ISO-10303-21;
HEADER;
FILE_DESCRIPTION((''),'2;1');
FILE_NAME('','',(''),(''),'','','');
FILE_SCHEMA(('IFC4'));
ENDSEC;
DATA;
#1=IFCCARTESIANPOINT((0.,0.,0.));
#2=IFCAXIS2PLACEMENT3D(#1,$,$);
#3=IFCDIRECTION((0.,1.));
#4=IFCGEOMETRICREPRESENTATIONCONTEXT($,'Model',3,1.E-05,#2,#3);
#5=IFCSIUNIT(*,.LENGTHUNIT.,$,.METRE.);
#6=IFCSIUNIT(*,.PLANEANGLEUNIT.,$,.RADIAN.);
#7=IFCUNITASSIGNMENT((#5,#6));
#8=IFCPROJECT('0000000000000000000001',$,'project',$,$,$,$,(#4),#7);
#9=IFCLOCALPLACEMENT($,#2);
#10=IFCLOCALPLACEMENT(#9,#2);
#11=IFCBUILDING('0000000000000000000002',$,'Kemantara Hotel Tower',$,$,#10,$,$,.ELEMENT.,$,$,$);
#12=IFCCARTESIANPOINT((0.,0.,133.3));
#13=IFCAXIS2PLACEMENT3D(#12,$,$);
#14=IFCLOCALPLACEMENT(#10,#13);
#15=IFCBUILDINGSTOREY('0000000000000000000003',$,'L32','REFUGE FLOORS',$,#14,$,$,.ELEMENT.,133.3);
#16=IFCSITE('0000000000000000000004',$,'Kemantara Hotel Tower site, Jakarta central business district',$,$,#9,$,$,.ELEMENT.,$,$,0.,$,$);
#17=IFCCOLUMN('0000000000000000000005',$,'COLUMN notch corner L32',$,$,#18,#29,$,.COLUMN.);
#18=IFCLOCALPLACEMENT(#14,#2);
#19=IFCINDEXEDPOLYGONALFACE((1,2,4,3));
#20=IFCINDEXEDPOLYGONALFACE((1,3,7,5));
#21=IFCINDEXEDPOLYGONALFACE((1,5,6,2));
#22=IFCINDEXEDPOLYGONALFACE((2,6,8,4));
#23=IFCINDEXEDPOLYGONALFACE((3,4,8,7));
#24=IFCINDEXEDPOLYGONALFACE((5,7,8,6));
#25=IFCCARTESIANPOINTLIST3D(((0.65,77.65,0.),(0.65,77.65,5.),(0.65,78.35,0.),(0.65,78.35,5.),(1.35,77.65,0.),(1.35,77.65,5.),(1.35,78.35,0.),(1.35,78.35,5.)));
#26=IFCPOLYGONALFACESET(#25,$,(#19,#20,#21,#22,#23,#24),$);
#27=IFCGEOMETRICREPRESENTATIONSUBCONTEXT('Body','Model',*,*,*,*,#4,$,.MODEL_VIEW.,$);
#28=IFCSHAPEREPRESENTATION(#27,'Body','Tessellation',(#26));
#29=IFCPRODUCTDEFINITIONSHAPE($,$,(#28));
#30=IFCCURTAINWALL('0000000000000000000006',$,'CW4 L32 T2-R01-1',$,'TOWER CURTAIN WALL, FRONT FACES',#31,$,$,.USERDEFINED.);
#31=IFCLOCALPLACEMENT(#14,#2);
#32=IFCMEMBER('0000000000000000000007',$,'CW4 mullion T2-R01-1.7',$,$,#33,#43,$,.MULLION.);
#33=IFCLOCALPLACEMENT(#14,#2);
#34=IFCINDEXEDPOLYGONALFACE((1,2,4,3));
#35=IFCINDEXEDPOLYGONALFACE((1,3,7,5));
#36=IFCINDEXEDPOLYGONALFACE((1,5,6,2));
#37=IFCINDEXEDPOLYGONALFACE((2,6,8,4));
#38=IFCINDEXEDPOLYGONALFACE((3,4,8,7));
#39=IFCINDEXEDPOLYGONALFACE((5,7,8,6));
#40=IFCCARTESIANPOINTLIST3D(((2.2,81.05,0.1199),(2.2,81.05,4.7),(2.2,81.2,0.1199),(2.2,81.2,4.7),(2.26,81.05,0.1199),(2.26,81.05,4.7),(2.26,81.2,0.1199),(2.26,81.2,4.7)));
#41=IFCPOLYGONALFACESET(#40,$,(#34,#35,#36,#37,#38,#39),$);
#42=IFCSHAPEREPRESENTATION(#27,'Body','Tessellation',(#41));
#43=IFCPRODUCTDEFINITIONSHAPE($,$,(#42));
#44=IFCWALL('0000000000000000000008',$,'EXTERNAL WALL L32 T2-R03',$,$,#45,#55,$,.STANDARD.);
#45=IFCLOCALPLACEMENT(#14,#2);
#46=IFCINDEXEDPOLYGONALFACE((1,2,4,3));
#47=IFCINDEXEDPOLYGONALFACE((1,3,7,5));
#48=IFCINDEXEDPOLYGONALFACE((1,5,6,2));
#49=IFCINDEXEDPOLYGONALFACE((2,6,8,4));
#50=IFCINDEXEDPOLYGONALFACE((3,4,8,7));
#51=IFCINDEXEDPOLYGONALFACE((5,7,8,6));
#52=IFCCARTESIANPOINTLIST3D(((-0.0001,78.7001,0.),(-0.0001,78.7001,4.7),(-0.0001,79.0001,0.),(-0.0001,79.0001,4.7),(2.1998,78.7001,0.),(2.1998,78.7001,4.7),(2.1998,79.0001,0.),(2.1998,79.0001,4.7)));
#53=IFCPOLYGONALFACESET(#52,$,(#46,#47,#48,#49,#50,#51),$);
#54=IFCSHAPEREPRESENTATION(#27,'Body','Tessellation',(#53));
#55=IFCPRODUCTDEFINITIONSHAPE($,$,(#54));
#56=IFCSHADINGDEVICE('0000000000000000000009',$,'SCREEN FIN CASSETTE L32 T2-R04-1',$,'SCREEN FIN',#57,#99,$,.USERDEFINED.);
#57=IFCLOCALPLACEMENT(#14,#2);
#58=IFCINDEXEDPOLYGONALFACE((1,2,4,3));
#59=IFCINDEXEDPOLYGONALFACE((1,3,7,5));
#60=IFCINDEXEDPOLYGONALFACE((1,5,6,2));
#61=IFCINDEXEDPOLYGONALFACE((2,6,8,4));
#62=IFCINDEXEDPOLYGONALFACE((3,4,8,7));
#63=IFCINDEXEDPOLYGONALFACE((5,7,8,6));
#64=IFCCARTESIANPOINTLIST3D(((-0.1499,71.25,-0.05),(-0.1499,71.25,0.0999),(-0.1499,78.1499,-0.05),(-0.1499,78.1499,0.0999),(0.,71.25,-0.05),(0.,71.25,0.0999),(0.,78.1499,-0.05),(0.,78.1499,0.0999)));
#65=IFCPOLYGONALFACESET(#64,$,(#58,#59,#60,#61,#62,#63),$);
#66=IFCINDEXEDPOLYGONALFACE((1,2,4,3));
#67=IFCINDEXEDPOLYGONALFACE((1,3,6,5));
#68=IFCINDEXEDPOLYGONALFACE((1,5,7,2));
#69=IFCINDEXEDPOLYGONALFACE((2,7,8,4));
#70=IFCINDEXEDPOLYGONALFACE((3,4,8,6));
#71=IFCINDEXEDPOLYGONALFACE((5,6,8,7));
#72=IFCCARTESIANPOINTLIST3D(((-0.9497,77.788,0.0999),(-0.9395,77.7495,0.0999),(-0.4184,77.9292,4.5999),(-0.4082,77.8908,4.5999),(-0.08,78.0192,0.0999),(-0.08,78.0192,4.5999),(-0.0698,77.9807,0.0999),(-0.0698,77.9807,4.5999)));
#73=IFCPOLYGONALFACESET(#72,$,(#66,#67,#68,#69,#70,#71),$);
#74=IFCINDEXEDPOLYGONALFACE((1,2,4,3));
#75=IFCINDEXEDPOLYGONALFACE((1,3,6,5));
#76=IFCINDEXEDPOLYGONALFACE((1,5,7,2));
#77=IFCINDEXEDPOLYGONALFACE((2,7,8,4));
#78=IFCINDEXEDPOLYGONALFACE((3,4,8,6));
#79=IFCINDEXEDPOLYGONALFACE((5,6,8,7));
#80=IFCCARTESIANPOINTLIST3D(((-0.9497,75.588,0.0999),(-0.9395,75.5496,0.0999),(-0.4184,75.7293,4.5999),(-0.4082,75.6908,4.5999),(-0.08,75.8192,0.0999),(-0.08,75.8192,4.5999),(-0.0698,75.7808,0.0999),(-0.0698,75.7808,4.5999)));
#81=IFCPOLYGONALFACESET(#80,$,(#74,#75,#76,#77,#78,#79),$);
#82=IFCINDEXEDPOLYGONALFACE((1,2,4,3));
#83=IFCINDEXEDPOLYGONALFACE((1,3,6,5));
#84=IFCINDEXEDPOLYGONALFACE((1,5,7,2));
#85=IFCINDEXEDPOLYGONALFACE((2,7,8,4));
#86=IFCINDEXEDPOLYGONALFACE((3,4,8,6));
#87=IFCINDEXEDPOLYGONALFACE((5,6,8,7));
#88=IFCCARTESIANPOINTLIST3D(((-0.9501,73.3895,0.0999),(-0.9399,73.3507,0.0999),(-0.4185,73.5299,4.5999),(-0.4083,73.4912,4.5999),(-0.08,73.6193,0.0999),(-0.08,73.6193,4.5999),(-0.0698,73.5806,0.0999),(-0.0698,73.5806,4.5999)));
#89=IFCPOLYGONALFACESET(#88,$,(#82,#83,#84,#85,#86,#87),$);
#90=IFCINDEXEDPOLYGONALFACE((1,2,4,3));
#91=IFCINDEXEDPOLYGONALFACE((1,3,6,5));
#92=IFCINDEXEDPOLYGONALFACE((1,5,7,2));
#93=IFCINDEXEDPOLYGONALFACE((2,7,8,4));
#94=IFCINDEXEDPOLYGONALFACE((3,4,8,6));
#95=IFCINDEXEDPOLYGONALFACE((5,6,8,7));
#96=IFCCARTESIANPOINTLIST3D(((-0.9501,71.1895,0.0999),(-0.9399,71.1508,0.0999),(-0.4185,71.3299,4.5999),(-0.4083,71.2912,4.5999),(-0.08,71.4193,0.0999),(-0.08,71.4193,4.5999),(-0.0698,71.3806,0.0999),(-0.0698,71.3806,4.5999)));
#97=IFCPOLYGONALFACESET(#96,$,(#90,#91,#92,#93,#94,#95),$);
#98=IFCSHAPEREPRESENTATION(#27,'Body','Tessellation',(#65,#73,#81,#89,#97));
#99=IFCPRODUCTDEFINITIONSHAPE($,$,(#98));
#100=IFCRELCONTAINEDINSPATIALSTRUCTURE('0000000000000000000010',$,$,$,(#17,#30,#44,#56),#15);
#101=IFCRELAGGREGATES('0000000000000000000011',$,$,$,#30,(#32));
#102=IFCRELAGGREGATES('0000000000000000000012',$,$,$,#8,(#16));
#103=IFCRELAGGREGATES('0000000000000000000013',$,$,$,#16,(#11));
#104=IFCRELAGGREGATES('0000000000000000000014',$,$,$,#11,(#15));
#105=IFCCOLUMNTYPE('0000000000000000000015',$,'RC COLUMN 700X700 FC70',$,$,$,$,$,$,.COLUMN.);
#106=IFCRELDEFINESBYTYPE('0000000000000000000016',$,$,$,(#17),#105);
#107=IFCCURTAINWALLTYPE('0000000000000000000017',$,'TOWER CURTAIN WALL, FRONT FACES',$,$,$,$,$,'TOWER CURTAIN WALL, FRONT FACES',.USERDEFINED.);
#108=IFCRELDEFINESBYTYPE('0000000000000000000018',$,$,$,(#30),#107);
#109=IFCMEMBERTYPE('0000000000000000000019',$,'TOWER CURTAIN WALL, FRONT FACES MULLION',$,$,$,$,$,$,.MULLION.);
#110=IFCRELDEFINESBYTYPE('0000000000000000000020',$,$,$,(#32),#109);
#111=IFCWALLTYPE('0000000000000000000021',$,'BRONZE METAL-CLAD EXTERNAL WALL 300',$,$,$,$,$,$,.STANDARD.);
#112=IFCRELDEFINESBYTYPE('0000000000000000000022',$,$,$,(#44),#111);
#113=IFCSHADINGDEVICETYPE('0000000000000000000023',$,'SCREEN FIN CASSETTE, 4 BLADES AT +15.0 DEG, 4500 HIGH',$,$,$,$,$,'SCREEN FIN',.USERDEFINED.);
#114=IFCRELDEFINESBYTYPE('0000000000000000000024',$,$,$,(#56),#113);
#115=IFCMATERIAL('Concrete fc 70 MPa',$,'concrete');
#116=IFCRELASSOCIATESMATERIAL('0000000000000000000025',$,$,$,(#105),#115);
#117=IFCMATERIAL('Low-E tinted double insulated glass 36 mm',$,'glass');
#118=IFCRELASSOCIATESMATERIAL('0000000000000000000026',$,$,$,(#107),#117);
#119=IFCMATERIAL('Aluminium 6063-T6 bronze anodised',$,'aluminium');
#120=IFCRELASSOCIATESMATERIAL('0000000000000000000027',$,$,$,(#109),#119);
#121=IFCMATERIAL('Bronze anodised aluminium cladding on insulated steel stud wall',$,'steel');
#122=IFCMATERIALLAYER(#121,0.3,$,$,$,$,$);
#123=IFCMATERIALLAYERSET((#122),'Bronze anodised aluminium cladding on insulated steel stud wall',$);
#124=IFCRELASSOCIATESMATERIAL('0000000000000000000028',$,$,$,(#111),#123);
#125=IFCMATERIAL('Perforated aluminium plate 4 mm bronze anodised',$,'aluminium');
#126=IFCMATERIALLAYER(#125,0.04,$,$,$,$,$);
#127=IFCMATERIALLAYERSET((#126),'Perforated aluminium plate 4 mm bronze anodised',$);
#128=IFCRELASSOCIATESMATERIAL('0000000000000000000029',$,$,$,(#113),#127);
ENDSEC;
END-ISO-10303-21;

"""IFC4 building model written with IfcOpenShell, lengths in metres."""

from ifc_helpers import new_model, si_unit, direction, frame, frame_2d, origin, origin_2d, place, context, subcontext, project, spatial, polyline, rectangle, outline, extrude, source, transform, mapped, material, layer, layer_set, material_profile, profile_set, type_object, element, aggregate, save


model = new_model("IFC4")

# Units and contexts
model_context = context("Model", 3, precision=1e-05, world=origin(), true_north=direction((0.0, 1.0)))
body_context = subcontext(model_context, "Body", "Model", "MODEL_VIEW")
ifc_project = project(units=[si_unit("LENGTHUNIT", "METRE"), si_unit("PLANEANGLEUNIT", "RADIAN")], contexts=[model_context])

# Site, building, storey
site_placement = place(None, origin())
site = spatial("IfcSite", under=ifc_project, at=site_placement, Name="Kemantara Hotel Tower site, Jakarta central business district", CompositionType="ELEMENT", RefElevation=0.0)
building_placement = place(site_placement, origin())
building = spatial("IfcBuilding", under=site, at=building_placement, Name="Kemantara Hotel Tower", CompositionType="ELEMENT")
storey_placement = place(building_placement, frame((0.0, 0.0, 133.3)))
storey = spatial("IfcBuildingStorey", under=building, at=storey_placement, Name="L32", Description="REFUGE FLOORS", CompositionType="ELEMENT", Elevation=133.3)

# Column
ifc_material_1 = material(Name="Concrete fc 70 MPa", Category="concrete")
ifc_material_profile_1 = material_profile(ifc_material_1, rectangle(XDim=0.7, YDim=0.7, at=origin_2d()), Name="RC 700X700")
ifc_profile_set_1 = profile_set([ifc_material_profile_1], Name="Concrete fc 70 MPa")
column_type = type_object("IfcColumnType", Name="RC COLUMN 700X700 FC70", PredefinedType="COLUMN", material=ifc_profile_set_1)
column_placement = place(storey_placement, frame((1.0, 78.0, 0.0), z_axis=(0.0, 0.0, 1.0), x_axis=(1.0, 0.0, 0.0)))
element("IfcColumn", 1, at=column_placement, inside=storey, type_object=column_type, Name="COLUMN notch corner L32", PredefinedType="COLUMN", context=body_context, shape_type="SweptSolid", body=[
    extrude(rectangle(XDim=0.7, YDim=0.7, at=origin_2d()), origin(), (0.0, 0.0, 1.0), 5.0),
])

# Curtain wall, member
ifc_material_2 = material(Name="Low-E tinted double insulated glass 36 mm", Category="glass")
curtain_wall_type = type_object("IfcCurtainWallType", Name="TOWER CURTAIN WALL, FRONT FACES", ElementType="TOWER CURTAIN WALL, FRONT FACES", PredefinedType="USERDEFINED", material=ifc_material_2)
curtain_wall_placement = place(storey_placement, origin())
curtain_wall = element("IfcCurtainWall", 2, at=curtain_wall_placement, inside=storey, type_object=curtain_wall_type, Name="CW4 L32 T2-R01-1", ObjectType="TOWER CURTAIN WALL, FRONT FACES", PredefinedType="USERDEFINED")
ifc_material_3 = material(Name="Aluminium 6063-T6 bronze anodised", Category="aluminium")
ifc_material_profile_2 = material_profile(ifc_material_3, rectangle(XDim=0.1499, YDim=0.0601, at=origin_2d()), Name="TOWER CURTAIN WALL, FRONT FACES MULLION")
ifc_profile_set_2 = profile_set([ifc_material_profile_2], Name="Aluminium 6063-T6 bronze anodised")
member_type = type_object("IfcMemberType", Name="TOWER CURTAIN WALL, FRONT FACES MULLION", PredefinedType="MULLION", material=ifc_profile_set_2)
shared_shape_1 = source(origin(), body_context, "Body", "SweptSolid", [
    extrude(rectangle(XDim=0.1499, YDim=0.0601, at=origin_2d()), origin(), (0.0, 0.0, 1.0), 4.5801),
])
member_placement = place(storey_placement, frame((2.23, 81.125, 0.1199), z_axis=(0.0, 0.0, 1.0), x_axis=(0.0, -1.0, 0.0)))
member = element("IfcMember", 3, at=member_placement, type_object=member_type, Name="CW4 mullion T2-R01-1.7", PredefinedType="MULLION", context=body_context, shape_type="MappedRepresentation", body=[
    mapped(shared_shape_1, transform((0.0, 0.0, 0.0))),
])
aggregate(curtain_wall, [member])

# Wall
ifc_material_4 = material(Name="Bronze anodised aluminium cladding on insulated steel stud wall", Category="steel")
ifc_layer_1 = layer(ifc_material_4, 0.3)
ifc_layer_set_1 = layer_set([ifc_layer_1], Name="Bronze anodised aluminium cladding on insulated steel stud wall")
wall_type = type_object("IfcWallType", Name="BRONZE METAL-CLAD EXTERNAL WALL 300", PredefinedType="STANDARD", material=ifc_layer_set_1)
wall_1_placement = place(storey_placement, frame((2.2, 78.8501, 0.0), z_axis=(0.0, 0.0, 1.0), x_axis=(-1.0, 0.0, 0.0)))
element("IfcWall", 4, at=wall_1_placement, inside=storey, type_object=wall_type, Name="EXTERNAL WALL L32 T2-R03", PredefinedType="STANDARD", context=body_context, shape_type="SweptSolid", body=[
    extrude(rectangle(XDim=2.2, YDim=0.3, at=frame_2d((1.1001, 0.0))), origin(), (0.0, 0.0, 1.0), 4.7),
])

# Shading device
ifc_material_5 = material(Name="Perforated aluminium plate 4 mm bronze anodised", Category="aluminium")
ifc_layer_2 = layer(ifc_material_5, 0.04)
ifc_layer_set_2 = layer_set([ifc_layer_2], Name="Perforated aluminium plate 4 mm bronze anodised")
shading_device_type = type_object("IfcShadingDeviceType", Name="SCREEN FIN CASSETTE, 4 BLADES AT +15.0 DEG, 4500 HIGH", ElementType="SCREEN FIN", PredefinedType="USERDEFINED", material=ifc_layer_set_2)
shared_shape_2 = source(origin(), body_context, "Body", "SweptSolid", [
    extrude(rectangle(XDim=6.8999, YDim=0.1499, at=origin_2d()), frame((3.3, -0.075, -0.1499), z_axis=(0.0, 0.0, 1.0), x_axis=(1.0, 0.0, 0.0)), (0.0, 0.0, 1.0), 0.1499),
    extrude(outline(polyline([(0.0, 0.0), (0.8999, 0.0), (0.3501, 4.5), (0.0, 4.5), (0.0, 0.0)])), frame((0.0193, -0.0698, 0.0), z_axis=(-0.966438, -0.256901, 0.0), x_axis=(0.256901, -0.966438, 0.0)), (0.0, 0.0, 1.0), 0.0398),
    extrude(outline(polyline([(0.0, 0.0), (0.8999, 0.0), (0.3501, 4.5), (0.0, 4.5), (0.0, 0.0)])), frame((2.2192, -0.0698, 0.0), z_axis=(-0.966438, -0.256901, 0.0), x_axis=(0.256901, -0.966438, 0.0)), (0.0, 0.0, 1.0), 0.0398),
    extrude(outline(polyline([(0.0, 0.0), (0.8999, 0.0), (0.3501, 4.5), (0.0, 4.5), (0.0, 0.0)])), frame((4.4194, -0.0698, 0.0), z_axis=(-0.966838, -0.255391, 0.0), x_axis=(0.255391, -0.966838, 0.0)), (0.0, 0.0, 1.0), 0.04),
    extrude(outline(polyline([(0.0, 0.0), (0.8999, 0.0), (0.3501, 4.5), (0.0, 4.5), (0.0, 0.0)])), frame((6.6194, -0.0698, 0.0), z_axis=(-0.966838, -0.255391, 0.0), x_axis=(0.255391, -0.966838, 0.0)), (0.0, 0.0, 1.0), 0.04),
])
shading_device_placement = place(storey_placement, frame((0.0, 78.0, 0.0999), z_axis=(0.0, 0.0, 1.0), x_axis=(0.0, -1.0, 0.0)))
element("IfcShadingDevice", 5, at=shading_device_placement, inside=storey, type_object=shading_device_type, Name="SCREEN FIN CASSETTE L32 T2-R04-1", ObjectType="SCREEN FIN", PredefinedType="USERDEFINED", context=body_context, shape_type="MappedRepresentation", body=[
    mapped(shared_shape_2, transform((0.0, 0.0, 0.0))),
])

save(model, "model.ifc")
